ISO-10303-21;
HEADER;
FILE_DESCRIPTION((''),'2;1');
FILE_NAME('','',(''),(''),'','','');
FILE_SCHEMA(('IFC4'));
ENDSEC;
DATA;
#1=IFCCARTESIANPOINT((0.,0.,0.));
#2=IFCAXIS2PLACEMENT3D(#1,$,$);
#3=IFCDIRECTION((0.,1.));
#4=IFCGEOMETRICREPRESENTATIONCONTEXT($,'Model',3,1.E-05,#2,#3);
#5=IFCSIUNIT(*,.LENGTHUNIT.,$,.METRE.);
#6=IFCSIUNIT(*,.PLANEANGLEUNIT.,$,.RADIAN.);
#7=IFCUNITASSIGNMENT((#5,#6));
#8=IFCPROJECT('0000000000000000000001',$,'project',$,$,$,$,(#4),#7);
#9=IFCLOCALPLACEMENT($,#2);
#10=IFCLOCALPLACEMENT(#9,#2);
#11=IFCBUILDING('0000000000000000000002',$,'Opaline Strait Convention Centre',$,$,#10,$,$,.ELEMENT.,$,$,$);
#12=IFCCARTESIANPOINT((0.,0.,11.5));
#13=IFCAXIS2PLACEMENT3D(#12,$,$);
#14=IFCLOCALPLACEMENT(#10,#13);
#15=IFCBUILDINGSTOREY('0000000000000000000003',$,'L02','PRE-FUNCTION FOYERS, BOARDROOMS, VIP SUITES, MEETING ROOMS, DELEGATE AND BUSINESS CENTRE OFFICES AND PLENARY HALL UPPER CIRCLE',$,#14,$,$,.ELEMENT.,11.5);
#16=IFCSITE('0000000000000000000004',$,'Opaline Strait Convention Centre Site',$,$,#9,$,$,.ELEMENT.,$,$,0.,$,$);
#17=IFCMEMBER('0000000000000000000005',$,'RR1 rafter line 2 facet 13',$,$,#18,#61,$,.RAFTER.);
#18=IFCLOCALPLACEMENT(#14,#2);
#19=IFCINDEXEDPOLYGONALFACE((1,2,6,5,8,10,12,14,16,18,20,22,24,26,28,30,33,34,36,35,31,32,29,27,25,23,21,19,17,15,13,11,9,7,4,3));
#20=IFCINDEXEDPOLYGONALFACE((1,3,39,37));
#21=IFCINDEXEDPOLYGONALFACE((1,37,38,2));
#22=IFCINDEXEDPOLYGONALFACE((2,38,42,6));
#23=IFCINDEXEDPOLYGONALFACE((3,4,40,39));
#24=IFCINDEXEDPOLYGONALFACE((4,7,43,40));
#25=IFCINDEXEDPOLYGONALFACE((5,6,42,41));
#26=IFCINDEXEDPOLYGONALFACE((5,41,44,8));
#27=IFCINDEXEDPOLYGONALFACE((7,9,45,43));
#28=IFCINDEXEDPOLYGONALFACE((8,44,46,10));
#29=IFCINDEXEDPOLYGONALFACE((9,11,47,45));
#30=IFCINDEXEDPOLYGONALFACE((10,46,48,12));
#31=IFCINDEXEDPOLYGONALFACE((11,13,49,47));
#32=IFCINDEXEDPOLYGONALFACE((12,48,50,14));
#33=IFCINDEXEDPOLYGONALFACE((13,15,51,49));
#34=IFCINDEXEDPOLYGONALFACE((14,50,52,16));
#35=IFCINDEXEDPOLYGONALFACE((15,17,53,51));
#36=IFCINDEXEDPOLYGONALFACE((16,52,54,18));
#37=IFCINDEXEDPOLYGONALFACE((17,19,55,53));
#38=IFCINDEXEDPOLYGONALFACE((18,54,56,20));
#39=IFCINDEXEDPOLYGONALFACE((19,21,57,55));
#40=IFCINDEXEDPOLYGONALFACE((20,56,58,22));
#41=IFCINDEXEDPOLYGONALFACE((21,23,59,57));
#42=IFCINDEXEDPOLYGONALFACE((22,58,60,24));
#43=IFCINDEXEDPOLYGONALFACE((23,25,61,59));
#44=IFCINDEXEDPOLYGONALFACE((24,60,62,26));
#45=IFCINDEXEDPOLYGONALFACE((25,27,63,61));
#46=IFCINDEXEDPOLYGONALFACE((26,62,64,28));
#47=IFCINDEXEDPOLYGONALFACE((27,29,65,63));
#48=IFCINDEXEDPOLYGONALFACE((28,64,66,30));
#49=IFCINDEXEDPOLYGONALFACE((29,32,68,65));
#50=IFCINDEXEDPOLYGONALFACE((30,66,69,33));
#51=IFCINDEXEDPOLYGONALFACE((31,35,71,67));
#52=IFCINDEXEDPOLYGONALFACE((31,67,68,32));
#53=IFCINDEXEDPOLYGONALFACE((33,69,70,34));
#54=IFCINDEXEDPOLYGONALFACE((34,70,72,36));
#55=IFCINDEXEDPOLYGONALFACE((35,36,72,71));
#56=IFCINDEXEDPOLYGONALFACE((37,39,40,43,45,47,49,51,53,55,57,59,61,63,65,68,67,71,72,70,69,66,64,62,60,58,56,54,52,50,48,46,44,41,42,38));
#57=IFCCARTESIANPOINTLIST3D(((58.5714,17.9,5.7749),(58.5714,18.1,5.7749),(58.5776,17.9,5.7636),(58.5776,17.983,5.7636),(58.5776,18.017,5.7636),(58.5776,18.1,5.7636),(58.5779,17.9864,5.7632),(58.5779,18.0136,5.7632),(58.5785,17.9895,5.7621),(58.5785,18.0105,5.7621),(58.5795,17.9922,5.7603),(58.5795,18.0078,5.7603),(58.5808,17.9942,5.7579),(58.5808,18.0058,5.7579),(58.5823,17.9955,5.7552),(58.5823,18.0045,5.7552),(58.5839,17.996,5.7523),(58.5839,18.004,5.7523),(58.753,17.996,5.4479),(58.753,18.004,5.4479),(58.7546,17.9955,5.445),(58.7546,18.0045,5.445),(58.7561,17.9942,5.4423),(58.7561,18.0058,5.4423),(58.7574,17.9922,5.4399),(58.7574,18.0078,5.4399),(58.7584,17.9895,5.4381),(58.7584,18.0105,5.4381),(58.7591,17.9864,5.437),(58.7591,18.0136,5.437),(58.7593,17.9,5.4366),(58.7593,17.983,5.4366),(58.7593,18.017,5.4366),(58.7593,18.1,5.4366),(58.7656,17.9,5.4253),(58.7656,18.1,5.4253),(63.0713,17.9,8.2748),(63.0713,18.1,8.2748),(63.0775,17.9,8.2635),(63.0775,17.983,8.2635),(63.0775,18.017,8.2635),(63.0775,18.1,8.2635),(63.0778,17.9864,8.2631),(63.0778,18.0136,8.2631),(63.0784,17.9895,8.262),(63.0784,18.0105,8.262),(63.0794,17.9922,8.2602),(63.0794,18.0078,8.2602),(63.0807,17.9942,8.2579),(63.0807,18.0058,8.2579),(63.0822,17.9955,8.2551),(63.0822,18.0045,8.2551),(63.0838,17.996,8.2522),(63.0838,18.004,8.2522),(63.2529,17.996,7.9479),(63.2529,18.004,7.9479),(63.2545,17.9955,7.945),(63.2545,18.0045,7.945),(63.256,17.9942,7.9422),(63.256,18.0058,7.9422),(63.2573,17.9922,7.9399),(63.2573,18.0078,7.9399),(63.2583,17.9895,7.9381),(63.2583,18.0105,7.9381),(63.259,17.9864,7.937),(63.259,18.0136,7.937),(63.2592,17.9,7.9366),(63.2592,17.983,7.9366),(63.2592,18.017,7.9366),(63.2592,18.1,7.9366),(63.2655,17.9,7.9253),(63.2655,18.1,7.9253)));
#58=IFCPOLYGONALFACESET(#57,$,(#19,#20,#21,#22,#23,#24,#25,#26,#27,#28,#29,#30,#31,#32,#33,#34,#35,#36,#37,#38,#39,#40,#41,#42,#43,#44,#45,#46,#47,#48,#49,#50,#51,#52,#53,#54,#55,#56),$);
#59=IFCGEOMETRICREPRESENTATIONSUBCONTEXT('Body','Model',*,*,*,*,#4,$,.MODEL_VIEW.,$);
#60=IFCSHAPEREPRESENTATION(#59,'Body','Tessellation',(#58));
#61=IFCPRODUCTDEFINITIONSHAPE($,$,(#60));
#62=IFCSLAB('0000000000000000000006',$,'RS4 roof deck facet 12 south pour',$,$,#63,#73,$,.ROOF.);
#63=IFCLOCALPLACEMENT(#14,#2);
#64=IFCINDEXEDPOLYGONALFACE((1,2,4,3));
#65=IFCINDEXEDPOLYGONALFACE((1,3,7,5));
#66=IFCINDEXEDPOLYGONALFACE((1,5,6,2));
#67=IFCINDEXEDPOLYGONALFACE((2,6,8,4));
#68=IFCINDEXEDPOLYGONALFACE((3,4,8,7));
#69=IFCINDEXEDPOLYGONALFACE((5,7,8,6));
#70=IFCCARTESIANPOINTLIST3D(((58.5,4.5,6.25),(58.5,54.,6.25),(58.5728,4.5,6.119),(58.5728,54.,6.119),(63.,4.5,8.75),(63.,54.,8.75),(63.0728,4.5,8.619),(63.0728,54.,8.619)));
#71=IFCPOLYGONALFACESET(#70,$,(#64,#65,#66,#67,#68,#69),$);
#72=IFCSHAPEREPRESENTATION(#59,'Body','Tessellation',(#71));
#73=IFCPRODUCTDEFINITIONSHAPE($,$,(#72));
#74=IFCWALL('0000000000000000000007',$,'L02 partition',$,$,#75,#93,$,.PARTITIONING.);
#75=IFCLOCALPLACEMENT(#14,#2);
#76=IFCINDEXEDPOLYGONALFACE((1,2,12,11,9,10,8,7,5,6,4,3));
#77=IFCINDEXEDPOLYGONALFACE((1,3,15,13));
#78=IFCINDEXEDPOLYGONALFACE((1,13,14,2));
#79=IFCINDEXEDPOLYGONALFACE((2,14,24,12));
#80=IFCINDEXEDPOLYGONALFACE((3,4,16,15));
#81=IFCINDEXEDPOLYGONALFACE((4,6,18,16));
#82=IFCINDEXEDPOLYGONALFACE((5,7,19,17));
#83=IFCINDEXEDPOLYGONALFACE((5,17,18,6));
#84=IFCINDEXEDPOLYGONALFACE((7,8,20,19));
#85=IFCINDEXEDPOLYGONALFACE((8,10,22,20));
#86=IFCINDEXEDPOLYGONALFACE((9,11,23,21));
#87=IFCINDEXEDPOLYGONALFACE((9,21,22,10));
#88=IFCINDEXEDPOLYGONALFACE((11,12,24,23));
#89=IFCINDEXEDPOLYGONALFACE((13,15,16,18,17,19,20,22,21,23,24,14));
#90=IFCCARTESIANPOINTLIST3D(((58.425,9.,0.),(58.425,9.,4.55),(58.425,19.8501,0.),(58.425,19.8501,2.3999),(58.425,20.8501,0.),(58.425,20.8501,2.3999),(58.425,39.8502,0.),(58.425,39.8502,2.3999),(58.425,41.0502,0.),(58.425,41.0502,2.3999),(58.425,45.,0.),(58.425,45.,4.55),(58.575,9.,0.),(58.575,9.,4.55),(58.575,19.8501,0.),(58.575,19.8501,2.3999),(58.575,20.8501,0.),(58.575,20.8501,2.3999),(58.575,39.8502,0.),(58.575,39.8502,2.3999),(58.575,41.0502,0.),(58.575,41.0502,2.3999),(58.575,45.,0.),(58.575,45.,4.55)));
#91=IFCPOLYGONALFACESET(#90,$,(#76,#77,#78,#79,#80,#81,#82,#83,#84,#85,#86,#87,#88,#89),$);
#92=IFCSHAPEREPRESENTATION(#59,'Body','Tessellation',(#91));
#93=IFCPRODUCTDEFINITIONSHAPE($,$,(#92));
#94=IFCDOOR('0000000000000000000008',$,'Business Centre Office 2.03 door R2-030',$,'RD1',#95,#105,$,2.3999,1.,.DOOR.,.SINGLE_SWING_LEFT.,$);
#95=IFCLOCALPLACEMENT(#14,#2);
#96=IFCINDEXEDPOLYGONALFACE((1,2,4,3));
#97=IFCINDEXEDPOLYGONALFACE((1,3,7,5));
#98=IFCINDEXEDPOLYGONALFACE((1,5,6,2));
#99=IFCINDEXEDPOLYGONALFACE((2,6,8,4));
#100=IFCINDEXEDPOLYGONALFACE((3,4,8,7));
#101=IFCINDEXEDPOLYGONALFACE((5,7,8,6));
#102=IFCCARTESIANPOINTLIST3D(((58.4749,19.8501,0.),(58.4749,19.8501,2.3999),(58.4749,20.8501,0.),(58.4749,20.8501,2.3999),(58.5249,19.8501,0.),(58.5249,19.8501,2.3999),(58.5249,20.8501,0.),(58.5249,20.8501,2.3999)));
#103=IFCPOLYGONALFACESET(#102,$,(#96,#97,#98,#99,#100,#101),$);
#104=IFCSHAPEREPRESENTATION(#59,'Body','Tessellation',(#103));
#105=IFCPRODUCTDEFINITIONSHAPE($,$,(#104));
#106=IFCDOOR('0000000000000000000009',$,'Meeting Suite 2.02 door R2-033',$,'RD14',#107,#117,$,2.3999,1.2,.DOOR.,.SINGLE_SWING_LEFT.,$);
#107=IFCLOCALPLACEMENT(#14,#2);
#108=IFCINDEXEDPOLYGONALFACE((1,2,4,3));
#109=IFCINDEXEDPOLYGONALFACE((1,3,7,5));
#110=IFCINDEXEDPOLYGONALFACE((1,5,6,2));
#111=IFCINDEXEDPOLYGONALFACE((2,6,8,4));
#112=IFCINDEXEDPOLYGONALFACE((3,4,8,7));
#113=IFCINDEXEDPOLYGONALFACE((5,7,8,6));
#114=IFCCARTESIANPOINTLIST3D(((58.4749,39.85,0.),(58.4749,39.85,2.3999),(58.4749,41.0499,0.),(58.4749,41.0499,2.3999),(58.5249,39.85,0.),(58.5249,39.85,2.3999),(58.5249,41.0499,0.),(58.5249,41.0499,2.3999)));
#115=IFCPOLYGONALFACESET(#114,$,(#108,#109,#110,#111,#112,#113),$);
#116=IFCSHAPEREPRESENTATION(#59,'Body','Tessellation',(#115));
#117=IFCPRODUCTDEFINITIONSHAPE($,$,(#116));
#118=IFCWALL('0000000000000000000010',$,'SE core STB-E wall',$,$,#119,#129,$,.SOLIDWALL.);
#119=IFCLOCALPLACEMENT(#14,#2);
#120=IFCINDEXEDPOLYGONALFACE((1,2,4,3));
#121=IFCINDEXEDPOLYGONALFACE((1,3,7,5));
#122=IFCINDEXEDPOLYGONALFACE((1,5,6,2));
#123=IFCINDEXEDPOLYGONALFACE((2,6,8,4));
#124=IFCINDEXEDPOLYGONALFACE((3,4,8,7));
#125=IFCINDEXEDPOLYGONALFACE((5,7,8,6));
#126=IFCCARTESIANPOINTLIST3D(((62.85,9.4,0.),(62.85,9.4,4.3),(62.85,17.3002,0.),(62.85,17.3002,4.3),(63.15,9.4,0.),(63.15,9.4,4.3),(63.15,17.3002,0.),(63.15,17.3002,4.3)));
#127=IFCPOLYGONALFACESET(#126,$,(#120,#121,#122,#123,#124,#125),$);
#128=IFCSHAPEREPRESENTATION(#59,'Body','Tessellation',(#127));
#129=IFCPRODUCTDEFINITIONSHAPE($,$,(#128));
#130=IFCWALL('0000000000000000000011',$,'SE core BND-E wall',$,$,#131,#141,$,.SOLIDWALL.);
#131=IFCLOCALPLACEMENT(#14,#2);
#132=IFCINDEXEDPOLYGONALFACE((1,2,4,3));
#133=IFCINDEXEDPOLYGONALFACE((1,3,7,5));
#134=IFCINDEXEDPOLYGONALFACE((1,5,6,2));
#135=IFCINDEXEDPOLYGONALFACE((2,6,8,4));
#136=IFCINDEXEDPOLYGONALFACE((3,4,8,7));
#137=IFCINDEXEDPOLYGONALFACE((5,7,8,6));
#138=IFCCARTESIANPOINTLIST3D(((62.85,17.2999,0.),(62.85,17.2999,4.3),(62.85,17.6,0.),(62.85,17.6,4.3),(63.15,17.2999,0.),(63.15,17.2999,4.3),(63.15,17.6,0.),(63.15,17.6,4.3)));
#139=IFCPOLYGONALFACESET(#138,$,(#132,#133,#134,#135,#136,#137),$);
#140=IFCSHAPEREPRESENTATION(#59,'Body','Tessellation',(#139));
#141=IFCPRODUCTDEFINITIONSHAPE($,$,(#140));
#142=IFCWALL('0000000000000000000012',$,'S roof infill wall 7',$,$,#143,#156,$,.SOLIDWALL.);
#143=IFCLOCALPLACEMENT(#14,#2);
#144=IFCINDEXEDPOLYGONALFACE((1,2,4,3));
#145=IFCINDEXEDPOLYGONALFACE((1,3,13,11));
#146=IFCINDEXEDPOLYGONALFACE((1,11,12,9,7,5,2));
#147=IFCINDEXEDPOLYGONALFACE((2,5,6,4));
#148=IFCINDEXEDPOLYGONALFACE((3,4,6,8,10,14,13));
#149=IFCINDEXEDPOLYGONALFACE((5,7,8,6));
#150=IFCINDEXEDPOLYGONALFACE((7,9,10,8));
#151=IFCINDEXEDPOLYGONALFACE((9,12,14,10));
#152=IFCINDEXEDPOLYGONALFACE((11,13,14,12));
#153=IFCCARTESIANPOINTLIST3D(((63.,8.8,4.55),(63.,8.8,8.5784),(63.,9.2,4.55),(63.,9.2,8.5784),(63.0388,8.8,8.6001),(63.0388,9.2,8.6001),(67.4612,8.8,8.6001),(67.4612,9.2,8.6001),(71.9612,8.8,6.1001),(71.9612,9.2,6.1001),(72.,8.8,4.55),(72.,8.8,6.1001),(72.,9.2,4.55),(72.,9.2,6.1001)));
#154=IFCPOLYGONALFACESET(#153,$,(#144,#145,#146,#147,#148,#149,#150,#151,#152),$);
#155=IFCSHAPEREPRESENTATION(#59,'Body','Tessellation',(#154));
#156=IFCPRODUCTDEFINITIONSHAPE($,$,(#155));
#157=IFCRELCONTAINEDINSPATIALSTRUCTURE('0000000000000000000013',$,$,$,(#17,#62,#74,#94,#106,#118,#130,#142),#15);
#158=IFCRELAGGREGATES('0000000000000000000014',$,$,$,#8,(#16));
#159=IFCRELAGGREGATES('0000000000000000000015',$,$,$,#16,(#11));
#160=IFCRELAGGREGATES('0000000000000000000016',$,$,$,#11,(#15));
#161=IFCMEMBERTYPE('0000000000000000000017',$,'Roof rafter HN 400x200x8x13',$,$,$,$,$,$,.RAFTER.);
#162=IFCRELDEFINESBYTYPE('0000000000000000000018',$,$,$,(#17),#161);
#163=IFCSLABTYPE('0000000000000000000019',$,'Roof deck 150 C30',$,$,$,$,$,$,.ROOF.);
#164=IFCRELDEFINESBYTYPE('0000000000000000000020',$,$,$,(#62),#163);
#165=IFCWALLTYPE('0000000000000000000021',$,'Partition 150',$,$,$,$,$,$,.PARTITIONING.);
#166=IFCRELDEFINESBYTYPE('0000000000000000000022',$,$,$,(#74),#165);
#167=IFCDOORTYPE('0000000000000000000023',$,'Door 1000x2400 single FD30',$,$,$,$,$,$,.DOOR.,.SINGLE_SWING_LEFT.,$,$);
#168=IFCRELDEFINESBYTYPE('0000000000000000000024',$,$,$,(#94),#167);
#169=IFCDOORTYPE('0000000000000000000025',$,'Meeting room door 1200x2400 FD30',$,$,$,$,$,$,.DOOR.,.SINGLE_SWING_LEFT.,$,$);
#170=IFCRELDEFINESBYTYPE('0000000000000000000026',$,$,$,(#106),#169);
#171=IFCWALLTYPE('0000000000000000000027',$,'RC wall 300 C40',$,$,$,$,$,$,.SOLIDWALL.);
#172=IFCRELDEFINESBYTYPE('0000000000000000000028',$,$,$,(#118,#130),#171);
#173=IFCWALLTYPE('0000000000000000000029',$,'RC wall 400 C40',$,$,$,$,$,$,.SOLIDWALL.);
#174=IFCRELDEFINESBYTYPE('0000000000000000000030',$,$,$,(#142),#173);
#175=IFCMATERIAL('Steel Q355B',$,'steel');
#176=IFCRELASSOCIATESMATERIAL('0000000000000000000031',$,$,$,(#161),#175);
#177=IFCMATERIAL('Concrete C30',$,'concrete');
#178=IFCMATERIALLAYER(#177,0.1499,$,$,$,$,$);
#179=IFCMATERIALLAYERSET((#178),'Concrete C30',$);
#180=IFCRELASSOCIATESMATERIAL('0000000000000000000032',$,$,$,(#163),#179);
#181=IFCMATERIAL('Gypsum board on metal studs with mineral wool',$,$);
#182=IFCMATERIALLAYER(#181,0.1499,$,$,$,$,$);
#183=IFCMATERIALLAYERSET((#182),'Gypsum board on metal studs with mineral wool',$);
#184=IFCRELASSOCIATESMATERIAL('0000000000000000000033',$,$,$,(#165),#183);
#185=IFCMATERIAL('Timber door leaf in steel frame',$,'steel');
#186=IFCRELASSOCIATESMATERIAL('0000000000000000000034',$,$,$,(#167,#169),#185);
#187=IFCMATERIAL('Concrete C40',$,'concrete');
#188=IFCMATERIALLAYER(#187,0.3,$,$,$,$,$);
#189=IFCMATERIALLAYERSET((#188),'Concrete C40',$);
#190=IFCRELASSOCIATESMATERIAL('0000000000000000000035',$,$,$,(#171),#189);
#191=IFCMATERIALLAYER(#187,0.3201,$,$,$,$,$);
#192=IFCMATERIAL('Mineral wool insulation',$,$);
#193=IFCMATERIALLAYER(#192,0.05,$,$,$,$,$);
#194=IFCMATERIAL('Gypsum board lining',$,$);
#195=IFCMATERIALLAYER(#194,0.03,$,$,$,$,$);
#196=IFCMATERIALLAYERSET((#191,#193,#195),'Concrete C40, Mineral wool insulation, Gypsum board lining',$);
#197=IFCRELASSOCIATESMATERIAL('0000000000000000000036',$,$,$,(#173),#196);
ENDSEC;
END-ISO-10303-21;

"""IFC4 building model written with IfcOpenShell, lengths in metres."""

from ifc_helpers import new_model, si_unit, direction, frame, frame_2d, origin, origin_2d, place, context, subcontext, project, spatial, polyline, rectangle, i_section, outline, extrude, material, layer, layer_set, material_profile, profile_set, type_object, element, fill, save


model = new_model("IFC4")

# Units and contexts
model_context = context("Model", 3, precision=1e-05, world=origin(), true_north=direction((0.0, 1.0)))
body_context = subcontext(model_context, "Body", "Model", "MODEL_VIEW")
ifc_project = project(units=[si_unit("LENGTHUNIT", "METRE"), si_unit("PLANEANGLEUNIT", "RADIAN")], contexts=[model_context])

# Site, building, storey
site_placement = place(None, origin())
site = spatial("IfcSite", under=ifc_project, at=site_placement, Name="Opaline Strait Convention Centre Site", CompositionType="ELEMENT", RefElevation=0.0)
building_placement = place(site_placement, origin())
building = spatial("IfcBuilding", under=site, at=building_placement, Name="Opaline Strait Convention Centre", CompositionType="ELEMENT")
storey_placement = place(building_placement, frame((0.0, 0.0, 11.5)))
storey = spatial("IfcBuildingStorey", under=building, at=storey_placement, Name="L02", Description="PRE-FUNCTION FOYERS, BOARDROOMS, VIP SUITES, MEETING ROOMS, DELEGATE AND BUSINESS CENTRE OFFICES AND PLENARY HALL UPPER CIRCLE", CompositionType="ELEMENT", Elevation=11.5)

# Shared definitions
ifc_material_1 = material(Name="Concrete C40", Category="concrete")

# Shared definitions
ifc_material_2 = material(Name="Steel Q355B", Category="steel")

# Member
ifc_material_profile_1 = material_profile(ifc_material_2, i_section(OverallWidth=0.2, OverallDepth=0.3999, WebThickness=0.0081, FlangeThickness=0.0129, FilletRadius=0.0129, at=origin_2d()), Name="HN 400x200x8x13")
ifc_profile_set_1 = profile_set([ifc_material_profile_1], Name="Steel Q355B")
member_type_1 = type_object("IfcMemberType", Name="Roof rafter HN 400x200x8x13", PredefinedType="RAFTER", material=ifc_profile_set_1)
for number, where, z_axis, x_axis, name in (
    (1, (58.6685, 18.0, 5.6001), (0.874157, 0.0, 0.485643), (0.0, 1.0, 0.0), "RR1 rafter line 2 facet 13"),
):
    element("IfcMember", number, at=place(storey_placement, frame(where, z_axis=z_axis, x_axis=x_axis)), inside=storey, type_object=member_type_1, Name=name, PredefinedType="RAFTER", context=body_context, shape_type="SweptSolid", body=[
        extrude(i_section(OverallWidth=0.2, OverallDepth=0.3999, WebThickness=0.0081, FlangeThickness=0.0129, FilletRadius=0.0129, at=origin_2d()), origin(), (0.0, 0.0, 1.0), 5.1477),
    ])

# Slab
ifc_material_3 = material(Name="Concrete C30", Category="concrete")
ifc_layer_1 = layer(ifc_material_3, 0.1499)
ifc_layer_set_1 = layer_set([ifc_layer_1], Name="Concrete C30")
slab_type = type_object("IfcSlabType", Name="Roof deck 150 C30", PredefinedType="ROOF", material=ifc_layer_set_1)
slab_placement = place(storey_placement, frame((58.5, 4.5, 6.25), z_axis=(-0.485643, 0.0, 0.874157), x_axis=(0.874157, 0.0, 0.485643)))
element("IfcSlab", 2, at=slab_placement, inside=storey, type_object=slab_type, Name="RS4 roof deck facet 12 south pour", PredefinedType="ROOF", context=body_context, shape_type="SweptSolid", body=[
    extrude(outline(polyline([(0.0, 0.0), (5.1478, 0.0), (5.1478, 49.5), (0.0, 49.5), (0.0, 0.0)])), origin(), (0.0, 0.0, -1.0), 0.1499),
])

# Wall, openings, doors
ifc_material_4 = material(Name="Gypsum board on metal studs with mineral wool")
ifc_layer_2 = layer(ifc_material_4, 0.1499)
ifc_layer_set_2 = layer_set([ifc_layer_2], Name="Gypsum board on metal studs with mineral wool")
wall_type_1 = type_object("IfcWallType", Name="Partition 150", PredefinedType="PARTITIONING", material=ifc_layer_set_2)
wall_1_placement = place(storey_placement, frame((58.5, 9.0, 0.0), z_axis=(0.0, 0.0, 1.0), x_axis=(0.0, 1.0, 0.0)))
wall_1 = element("IfcWall", 3, at=wall_1_placement, inside=storey, type_object=wall_type_1, Name="L02 partition", PredefinedType="PARTITIONING", context=body_context, shape_type="SweptSolid", body=[
    extrude(rectangle(XDim=36.0, YDim=0.1499, at=frame_2d((18.0, 0.0))), origin(), (0.0, 0.0, 1.0), 4.55),
])
opening_1_placement = place(wall_1_placement, frame((10.8501, 0.0, 0.0)))
opening_1 = element("IfcOpeningElement", 4, at=opening_1_placement, cuts=wall_1, PredefinedType="OPENING", context=body_context, shape_type="SweptSolid", body=[
    extrude(rectangle(XDim=1.0, YDim=2.3999, at=frame_2d((0.5, 1.2))), frame((0.0, 0.085, 0.0), z_axis=(0.0, -1.0, 0.0), x_axis=(1.0, 0.0, 0.0)), (0.0, 0.0, 1.0), 0.1699),
])
opening_2_placement = place(wall_1_placement, frame((30.8501, 0.0, 0.0)))
opening_2 = element("IfcOpeningElement", 5, at=opening_2_placement, cuts=wall_1, PredefinedType="OPENING", context=body_context, shape_type="SweptSolid", body=[
    extrude(rectangle(XDim=1.2, YDim=2.3999, at=frame_2d((0.6001, 1.2))), frame((0.0, 0.085, 0.0), z_axis=(0.0, -1.0, 0.0), x_axis=(1.0, 0.0, 0.0)), (0.0, 0.0, 1.0), 0.1699),
])
ifc_material_5 = material(Name="Timber door leaf in steel frame", Category="steel")
door_type_1 = type_object("IfcDoorType", Name="Door 1000x2400 single FD30", OperationType="SINGLE_SWING_LEFT", PredefinedType="DOOR", material=ifc_material_5)
door_1_placement = place(opening_1_placement, frame((1.0, 0.0, 0.0), z_axis=(0.0, 0.0, 1.0), x_axis=(-1.0, 0.0, 0.0)))
door_1 = element("IfcDoor", 6, at=door_1_placement, inside=storey, type_object=door_type_1, Name="Business Centre Office 2.03 door R2-030", ObjectType="RD1", OperationType="SINGLE_SWING_LEFT", OverallHeight=2.3999, OverallWidth=1.0, PredefinedType="DOOR", context=body_context, shape_type="SweptSolid", body=[
    extrude(rectangle(XDim=1.0, YDim=2.3999, at=frame_2d((0.5, 1.2))), frame((0.0, 0.0249, 0.0), z_axis=(0.0, -1.0, 0.0), x_axis=(1.0, 0.0, 0.0)), (0.0, 0.0, 1.0), 0.05),
])
fill(opening_1, door_1)
door_type_2 = type_object("IfcDoorType", Name="Meeting room door 1200x2400 FD30", OperationType="SINGLE_SWING_LEFT", PredefinedType="DOOR", material=ifc_material_5)
door_2_placement = place(opening_2_placement, frame((1.2, 0.0, 0.0), z_axis=(0.0, 0.0, 1.0), x_axis=(-1.0, 0.0, 0.0)))
door_2 = element("IfcDoor", 7, at=door_2_placement, inside=storey, type_object=door_type_2, Name="Meeting Suite 2.02 door R2-033", ObjectType="RD14", OperationType="SINGLE_SWING_LEFT", OverallHeight=2.3999, OverallWidth=1.2, PredefinedType="DOOR", context=body_context, shape_type="SweptSolid", body=[
    extrude(rectangle(XDim=1.2, YDim=2.3999, at=frame_2d((0.6001, 1.2))), frame((0.0, 0.0249, 0.0), z_axis=(0.0, -1.0, 0.0), x_axis=(1.0, 0.0, 0.0)), (0.0, 0.0, 1.0), 0.05),
])
fill(opening_2, door_2)

# Walls
ifc_layer_3 = layer(ifc_material_1, 0.3)
ifc_layer_set_3 = layer_set([ifc_layer_3], Name="Concrete C40")
wall_type_2 = type_object("IfcWallType", Name="RC wall 300 C40", PredefinedType="SOLIDWALL", material=ifc_layer_set_3)
wall_2_placement = place(storey_placement, frame((63.0, 9.3999, 0.0), z_axis=(0.0, 0.0, 1.0), x_axis=(0.0, 1.0, 0.0)))
element("IfcWall", 8, at=wall_2_placement, inside=storey, type_object=wall_type_2, Name="SE core STB-E wall", PredefinedType="SOLIDWALL", context=body_context, shape_type="SweptSolid", body=[
    extrude(rectangle(XDim=7.9001, YDim=0.3, at=frame_2d((3.9502, 0.0))), origin(), (0.0, 0.0, 1.0), 4.3),
])
wall_3_placement = place(storey_placement, frame((63.0, 17.3, 0.0), z_axis=(0.0, 0.0, 1.0), x_axis=(0.0, 1.0, 0.0)))
element("IfcWall", 9, at=wall_3_placement, inside=storey, type_object=wall_type_2, Name="SE core BND-E wall", PredefinedType="SOLIDWALL", context=body_context, shape_type="SweptSolid", body=[
    extrude(rectangle(XDim=0.3, YDim=0.3, at=frame_2d((0.1499, 0.0))), origin(), (0.0, 0.0, 1.0), 4.3),
])
ifc_layer_4 = layer(ifc_material_1, 0.3201)
ifc_material_6 = material(Name="Mineral wool insulation")
ifc_layer_5 = layer(ifc_material_6, 0.05)
ifc_material_7 = material(Name="Gypsum board lining")
ifc_layer_6 = layer(ifc_material_7, 0.03)
ifc_layer_set_4 = layer_set([ifc_layer_4, ifc_layer_5, ifc_layer_6], Name="Concrete C40, Mineral wool insulation, Gypsum board lining")
wall_type_3 = type_object("IfcWallType", Name="RC wall 400 C40", PredefinedType="SOLIDWALL", material=ifc_layer_set_4)
wall_4_placement = place(storey_placement, frame((63.0, 9.0, 4.55), z_axis=(0.0, 0.0, 1.0), x_axis=(1.0, 0.0, 0.0)))
element("IfcWall", 10, at=wall_4_placement, inside=storey, type_object=wall_type_3, Name="S roof infill wall 7", PredefinedType="SOLIDWALL", context=body_context, shape_type="SweptSolid", body=[
    extrude(outline(polyline([(0.0, 0.0), (9.0, 0.0), (9.0, 1.55), (8.9612, 1.55), (4.4612, 4.05), (0.0388, 4.05), (0.0, 4.0283), (0.0, 0.0)])), frame((0.0, 0.2, 0.0), z_axis=(0.0, -1.0, 0.0), x_axis=(1.0, 0.0, 0.0)), (0.0, 0.0, 1.0), 0.3999),
])

save(model, "model.ifc")
